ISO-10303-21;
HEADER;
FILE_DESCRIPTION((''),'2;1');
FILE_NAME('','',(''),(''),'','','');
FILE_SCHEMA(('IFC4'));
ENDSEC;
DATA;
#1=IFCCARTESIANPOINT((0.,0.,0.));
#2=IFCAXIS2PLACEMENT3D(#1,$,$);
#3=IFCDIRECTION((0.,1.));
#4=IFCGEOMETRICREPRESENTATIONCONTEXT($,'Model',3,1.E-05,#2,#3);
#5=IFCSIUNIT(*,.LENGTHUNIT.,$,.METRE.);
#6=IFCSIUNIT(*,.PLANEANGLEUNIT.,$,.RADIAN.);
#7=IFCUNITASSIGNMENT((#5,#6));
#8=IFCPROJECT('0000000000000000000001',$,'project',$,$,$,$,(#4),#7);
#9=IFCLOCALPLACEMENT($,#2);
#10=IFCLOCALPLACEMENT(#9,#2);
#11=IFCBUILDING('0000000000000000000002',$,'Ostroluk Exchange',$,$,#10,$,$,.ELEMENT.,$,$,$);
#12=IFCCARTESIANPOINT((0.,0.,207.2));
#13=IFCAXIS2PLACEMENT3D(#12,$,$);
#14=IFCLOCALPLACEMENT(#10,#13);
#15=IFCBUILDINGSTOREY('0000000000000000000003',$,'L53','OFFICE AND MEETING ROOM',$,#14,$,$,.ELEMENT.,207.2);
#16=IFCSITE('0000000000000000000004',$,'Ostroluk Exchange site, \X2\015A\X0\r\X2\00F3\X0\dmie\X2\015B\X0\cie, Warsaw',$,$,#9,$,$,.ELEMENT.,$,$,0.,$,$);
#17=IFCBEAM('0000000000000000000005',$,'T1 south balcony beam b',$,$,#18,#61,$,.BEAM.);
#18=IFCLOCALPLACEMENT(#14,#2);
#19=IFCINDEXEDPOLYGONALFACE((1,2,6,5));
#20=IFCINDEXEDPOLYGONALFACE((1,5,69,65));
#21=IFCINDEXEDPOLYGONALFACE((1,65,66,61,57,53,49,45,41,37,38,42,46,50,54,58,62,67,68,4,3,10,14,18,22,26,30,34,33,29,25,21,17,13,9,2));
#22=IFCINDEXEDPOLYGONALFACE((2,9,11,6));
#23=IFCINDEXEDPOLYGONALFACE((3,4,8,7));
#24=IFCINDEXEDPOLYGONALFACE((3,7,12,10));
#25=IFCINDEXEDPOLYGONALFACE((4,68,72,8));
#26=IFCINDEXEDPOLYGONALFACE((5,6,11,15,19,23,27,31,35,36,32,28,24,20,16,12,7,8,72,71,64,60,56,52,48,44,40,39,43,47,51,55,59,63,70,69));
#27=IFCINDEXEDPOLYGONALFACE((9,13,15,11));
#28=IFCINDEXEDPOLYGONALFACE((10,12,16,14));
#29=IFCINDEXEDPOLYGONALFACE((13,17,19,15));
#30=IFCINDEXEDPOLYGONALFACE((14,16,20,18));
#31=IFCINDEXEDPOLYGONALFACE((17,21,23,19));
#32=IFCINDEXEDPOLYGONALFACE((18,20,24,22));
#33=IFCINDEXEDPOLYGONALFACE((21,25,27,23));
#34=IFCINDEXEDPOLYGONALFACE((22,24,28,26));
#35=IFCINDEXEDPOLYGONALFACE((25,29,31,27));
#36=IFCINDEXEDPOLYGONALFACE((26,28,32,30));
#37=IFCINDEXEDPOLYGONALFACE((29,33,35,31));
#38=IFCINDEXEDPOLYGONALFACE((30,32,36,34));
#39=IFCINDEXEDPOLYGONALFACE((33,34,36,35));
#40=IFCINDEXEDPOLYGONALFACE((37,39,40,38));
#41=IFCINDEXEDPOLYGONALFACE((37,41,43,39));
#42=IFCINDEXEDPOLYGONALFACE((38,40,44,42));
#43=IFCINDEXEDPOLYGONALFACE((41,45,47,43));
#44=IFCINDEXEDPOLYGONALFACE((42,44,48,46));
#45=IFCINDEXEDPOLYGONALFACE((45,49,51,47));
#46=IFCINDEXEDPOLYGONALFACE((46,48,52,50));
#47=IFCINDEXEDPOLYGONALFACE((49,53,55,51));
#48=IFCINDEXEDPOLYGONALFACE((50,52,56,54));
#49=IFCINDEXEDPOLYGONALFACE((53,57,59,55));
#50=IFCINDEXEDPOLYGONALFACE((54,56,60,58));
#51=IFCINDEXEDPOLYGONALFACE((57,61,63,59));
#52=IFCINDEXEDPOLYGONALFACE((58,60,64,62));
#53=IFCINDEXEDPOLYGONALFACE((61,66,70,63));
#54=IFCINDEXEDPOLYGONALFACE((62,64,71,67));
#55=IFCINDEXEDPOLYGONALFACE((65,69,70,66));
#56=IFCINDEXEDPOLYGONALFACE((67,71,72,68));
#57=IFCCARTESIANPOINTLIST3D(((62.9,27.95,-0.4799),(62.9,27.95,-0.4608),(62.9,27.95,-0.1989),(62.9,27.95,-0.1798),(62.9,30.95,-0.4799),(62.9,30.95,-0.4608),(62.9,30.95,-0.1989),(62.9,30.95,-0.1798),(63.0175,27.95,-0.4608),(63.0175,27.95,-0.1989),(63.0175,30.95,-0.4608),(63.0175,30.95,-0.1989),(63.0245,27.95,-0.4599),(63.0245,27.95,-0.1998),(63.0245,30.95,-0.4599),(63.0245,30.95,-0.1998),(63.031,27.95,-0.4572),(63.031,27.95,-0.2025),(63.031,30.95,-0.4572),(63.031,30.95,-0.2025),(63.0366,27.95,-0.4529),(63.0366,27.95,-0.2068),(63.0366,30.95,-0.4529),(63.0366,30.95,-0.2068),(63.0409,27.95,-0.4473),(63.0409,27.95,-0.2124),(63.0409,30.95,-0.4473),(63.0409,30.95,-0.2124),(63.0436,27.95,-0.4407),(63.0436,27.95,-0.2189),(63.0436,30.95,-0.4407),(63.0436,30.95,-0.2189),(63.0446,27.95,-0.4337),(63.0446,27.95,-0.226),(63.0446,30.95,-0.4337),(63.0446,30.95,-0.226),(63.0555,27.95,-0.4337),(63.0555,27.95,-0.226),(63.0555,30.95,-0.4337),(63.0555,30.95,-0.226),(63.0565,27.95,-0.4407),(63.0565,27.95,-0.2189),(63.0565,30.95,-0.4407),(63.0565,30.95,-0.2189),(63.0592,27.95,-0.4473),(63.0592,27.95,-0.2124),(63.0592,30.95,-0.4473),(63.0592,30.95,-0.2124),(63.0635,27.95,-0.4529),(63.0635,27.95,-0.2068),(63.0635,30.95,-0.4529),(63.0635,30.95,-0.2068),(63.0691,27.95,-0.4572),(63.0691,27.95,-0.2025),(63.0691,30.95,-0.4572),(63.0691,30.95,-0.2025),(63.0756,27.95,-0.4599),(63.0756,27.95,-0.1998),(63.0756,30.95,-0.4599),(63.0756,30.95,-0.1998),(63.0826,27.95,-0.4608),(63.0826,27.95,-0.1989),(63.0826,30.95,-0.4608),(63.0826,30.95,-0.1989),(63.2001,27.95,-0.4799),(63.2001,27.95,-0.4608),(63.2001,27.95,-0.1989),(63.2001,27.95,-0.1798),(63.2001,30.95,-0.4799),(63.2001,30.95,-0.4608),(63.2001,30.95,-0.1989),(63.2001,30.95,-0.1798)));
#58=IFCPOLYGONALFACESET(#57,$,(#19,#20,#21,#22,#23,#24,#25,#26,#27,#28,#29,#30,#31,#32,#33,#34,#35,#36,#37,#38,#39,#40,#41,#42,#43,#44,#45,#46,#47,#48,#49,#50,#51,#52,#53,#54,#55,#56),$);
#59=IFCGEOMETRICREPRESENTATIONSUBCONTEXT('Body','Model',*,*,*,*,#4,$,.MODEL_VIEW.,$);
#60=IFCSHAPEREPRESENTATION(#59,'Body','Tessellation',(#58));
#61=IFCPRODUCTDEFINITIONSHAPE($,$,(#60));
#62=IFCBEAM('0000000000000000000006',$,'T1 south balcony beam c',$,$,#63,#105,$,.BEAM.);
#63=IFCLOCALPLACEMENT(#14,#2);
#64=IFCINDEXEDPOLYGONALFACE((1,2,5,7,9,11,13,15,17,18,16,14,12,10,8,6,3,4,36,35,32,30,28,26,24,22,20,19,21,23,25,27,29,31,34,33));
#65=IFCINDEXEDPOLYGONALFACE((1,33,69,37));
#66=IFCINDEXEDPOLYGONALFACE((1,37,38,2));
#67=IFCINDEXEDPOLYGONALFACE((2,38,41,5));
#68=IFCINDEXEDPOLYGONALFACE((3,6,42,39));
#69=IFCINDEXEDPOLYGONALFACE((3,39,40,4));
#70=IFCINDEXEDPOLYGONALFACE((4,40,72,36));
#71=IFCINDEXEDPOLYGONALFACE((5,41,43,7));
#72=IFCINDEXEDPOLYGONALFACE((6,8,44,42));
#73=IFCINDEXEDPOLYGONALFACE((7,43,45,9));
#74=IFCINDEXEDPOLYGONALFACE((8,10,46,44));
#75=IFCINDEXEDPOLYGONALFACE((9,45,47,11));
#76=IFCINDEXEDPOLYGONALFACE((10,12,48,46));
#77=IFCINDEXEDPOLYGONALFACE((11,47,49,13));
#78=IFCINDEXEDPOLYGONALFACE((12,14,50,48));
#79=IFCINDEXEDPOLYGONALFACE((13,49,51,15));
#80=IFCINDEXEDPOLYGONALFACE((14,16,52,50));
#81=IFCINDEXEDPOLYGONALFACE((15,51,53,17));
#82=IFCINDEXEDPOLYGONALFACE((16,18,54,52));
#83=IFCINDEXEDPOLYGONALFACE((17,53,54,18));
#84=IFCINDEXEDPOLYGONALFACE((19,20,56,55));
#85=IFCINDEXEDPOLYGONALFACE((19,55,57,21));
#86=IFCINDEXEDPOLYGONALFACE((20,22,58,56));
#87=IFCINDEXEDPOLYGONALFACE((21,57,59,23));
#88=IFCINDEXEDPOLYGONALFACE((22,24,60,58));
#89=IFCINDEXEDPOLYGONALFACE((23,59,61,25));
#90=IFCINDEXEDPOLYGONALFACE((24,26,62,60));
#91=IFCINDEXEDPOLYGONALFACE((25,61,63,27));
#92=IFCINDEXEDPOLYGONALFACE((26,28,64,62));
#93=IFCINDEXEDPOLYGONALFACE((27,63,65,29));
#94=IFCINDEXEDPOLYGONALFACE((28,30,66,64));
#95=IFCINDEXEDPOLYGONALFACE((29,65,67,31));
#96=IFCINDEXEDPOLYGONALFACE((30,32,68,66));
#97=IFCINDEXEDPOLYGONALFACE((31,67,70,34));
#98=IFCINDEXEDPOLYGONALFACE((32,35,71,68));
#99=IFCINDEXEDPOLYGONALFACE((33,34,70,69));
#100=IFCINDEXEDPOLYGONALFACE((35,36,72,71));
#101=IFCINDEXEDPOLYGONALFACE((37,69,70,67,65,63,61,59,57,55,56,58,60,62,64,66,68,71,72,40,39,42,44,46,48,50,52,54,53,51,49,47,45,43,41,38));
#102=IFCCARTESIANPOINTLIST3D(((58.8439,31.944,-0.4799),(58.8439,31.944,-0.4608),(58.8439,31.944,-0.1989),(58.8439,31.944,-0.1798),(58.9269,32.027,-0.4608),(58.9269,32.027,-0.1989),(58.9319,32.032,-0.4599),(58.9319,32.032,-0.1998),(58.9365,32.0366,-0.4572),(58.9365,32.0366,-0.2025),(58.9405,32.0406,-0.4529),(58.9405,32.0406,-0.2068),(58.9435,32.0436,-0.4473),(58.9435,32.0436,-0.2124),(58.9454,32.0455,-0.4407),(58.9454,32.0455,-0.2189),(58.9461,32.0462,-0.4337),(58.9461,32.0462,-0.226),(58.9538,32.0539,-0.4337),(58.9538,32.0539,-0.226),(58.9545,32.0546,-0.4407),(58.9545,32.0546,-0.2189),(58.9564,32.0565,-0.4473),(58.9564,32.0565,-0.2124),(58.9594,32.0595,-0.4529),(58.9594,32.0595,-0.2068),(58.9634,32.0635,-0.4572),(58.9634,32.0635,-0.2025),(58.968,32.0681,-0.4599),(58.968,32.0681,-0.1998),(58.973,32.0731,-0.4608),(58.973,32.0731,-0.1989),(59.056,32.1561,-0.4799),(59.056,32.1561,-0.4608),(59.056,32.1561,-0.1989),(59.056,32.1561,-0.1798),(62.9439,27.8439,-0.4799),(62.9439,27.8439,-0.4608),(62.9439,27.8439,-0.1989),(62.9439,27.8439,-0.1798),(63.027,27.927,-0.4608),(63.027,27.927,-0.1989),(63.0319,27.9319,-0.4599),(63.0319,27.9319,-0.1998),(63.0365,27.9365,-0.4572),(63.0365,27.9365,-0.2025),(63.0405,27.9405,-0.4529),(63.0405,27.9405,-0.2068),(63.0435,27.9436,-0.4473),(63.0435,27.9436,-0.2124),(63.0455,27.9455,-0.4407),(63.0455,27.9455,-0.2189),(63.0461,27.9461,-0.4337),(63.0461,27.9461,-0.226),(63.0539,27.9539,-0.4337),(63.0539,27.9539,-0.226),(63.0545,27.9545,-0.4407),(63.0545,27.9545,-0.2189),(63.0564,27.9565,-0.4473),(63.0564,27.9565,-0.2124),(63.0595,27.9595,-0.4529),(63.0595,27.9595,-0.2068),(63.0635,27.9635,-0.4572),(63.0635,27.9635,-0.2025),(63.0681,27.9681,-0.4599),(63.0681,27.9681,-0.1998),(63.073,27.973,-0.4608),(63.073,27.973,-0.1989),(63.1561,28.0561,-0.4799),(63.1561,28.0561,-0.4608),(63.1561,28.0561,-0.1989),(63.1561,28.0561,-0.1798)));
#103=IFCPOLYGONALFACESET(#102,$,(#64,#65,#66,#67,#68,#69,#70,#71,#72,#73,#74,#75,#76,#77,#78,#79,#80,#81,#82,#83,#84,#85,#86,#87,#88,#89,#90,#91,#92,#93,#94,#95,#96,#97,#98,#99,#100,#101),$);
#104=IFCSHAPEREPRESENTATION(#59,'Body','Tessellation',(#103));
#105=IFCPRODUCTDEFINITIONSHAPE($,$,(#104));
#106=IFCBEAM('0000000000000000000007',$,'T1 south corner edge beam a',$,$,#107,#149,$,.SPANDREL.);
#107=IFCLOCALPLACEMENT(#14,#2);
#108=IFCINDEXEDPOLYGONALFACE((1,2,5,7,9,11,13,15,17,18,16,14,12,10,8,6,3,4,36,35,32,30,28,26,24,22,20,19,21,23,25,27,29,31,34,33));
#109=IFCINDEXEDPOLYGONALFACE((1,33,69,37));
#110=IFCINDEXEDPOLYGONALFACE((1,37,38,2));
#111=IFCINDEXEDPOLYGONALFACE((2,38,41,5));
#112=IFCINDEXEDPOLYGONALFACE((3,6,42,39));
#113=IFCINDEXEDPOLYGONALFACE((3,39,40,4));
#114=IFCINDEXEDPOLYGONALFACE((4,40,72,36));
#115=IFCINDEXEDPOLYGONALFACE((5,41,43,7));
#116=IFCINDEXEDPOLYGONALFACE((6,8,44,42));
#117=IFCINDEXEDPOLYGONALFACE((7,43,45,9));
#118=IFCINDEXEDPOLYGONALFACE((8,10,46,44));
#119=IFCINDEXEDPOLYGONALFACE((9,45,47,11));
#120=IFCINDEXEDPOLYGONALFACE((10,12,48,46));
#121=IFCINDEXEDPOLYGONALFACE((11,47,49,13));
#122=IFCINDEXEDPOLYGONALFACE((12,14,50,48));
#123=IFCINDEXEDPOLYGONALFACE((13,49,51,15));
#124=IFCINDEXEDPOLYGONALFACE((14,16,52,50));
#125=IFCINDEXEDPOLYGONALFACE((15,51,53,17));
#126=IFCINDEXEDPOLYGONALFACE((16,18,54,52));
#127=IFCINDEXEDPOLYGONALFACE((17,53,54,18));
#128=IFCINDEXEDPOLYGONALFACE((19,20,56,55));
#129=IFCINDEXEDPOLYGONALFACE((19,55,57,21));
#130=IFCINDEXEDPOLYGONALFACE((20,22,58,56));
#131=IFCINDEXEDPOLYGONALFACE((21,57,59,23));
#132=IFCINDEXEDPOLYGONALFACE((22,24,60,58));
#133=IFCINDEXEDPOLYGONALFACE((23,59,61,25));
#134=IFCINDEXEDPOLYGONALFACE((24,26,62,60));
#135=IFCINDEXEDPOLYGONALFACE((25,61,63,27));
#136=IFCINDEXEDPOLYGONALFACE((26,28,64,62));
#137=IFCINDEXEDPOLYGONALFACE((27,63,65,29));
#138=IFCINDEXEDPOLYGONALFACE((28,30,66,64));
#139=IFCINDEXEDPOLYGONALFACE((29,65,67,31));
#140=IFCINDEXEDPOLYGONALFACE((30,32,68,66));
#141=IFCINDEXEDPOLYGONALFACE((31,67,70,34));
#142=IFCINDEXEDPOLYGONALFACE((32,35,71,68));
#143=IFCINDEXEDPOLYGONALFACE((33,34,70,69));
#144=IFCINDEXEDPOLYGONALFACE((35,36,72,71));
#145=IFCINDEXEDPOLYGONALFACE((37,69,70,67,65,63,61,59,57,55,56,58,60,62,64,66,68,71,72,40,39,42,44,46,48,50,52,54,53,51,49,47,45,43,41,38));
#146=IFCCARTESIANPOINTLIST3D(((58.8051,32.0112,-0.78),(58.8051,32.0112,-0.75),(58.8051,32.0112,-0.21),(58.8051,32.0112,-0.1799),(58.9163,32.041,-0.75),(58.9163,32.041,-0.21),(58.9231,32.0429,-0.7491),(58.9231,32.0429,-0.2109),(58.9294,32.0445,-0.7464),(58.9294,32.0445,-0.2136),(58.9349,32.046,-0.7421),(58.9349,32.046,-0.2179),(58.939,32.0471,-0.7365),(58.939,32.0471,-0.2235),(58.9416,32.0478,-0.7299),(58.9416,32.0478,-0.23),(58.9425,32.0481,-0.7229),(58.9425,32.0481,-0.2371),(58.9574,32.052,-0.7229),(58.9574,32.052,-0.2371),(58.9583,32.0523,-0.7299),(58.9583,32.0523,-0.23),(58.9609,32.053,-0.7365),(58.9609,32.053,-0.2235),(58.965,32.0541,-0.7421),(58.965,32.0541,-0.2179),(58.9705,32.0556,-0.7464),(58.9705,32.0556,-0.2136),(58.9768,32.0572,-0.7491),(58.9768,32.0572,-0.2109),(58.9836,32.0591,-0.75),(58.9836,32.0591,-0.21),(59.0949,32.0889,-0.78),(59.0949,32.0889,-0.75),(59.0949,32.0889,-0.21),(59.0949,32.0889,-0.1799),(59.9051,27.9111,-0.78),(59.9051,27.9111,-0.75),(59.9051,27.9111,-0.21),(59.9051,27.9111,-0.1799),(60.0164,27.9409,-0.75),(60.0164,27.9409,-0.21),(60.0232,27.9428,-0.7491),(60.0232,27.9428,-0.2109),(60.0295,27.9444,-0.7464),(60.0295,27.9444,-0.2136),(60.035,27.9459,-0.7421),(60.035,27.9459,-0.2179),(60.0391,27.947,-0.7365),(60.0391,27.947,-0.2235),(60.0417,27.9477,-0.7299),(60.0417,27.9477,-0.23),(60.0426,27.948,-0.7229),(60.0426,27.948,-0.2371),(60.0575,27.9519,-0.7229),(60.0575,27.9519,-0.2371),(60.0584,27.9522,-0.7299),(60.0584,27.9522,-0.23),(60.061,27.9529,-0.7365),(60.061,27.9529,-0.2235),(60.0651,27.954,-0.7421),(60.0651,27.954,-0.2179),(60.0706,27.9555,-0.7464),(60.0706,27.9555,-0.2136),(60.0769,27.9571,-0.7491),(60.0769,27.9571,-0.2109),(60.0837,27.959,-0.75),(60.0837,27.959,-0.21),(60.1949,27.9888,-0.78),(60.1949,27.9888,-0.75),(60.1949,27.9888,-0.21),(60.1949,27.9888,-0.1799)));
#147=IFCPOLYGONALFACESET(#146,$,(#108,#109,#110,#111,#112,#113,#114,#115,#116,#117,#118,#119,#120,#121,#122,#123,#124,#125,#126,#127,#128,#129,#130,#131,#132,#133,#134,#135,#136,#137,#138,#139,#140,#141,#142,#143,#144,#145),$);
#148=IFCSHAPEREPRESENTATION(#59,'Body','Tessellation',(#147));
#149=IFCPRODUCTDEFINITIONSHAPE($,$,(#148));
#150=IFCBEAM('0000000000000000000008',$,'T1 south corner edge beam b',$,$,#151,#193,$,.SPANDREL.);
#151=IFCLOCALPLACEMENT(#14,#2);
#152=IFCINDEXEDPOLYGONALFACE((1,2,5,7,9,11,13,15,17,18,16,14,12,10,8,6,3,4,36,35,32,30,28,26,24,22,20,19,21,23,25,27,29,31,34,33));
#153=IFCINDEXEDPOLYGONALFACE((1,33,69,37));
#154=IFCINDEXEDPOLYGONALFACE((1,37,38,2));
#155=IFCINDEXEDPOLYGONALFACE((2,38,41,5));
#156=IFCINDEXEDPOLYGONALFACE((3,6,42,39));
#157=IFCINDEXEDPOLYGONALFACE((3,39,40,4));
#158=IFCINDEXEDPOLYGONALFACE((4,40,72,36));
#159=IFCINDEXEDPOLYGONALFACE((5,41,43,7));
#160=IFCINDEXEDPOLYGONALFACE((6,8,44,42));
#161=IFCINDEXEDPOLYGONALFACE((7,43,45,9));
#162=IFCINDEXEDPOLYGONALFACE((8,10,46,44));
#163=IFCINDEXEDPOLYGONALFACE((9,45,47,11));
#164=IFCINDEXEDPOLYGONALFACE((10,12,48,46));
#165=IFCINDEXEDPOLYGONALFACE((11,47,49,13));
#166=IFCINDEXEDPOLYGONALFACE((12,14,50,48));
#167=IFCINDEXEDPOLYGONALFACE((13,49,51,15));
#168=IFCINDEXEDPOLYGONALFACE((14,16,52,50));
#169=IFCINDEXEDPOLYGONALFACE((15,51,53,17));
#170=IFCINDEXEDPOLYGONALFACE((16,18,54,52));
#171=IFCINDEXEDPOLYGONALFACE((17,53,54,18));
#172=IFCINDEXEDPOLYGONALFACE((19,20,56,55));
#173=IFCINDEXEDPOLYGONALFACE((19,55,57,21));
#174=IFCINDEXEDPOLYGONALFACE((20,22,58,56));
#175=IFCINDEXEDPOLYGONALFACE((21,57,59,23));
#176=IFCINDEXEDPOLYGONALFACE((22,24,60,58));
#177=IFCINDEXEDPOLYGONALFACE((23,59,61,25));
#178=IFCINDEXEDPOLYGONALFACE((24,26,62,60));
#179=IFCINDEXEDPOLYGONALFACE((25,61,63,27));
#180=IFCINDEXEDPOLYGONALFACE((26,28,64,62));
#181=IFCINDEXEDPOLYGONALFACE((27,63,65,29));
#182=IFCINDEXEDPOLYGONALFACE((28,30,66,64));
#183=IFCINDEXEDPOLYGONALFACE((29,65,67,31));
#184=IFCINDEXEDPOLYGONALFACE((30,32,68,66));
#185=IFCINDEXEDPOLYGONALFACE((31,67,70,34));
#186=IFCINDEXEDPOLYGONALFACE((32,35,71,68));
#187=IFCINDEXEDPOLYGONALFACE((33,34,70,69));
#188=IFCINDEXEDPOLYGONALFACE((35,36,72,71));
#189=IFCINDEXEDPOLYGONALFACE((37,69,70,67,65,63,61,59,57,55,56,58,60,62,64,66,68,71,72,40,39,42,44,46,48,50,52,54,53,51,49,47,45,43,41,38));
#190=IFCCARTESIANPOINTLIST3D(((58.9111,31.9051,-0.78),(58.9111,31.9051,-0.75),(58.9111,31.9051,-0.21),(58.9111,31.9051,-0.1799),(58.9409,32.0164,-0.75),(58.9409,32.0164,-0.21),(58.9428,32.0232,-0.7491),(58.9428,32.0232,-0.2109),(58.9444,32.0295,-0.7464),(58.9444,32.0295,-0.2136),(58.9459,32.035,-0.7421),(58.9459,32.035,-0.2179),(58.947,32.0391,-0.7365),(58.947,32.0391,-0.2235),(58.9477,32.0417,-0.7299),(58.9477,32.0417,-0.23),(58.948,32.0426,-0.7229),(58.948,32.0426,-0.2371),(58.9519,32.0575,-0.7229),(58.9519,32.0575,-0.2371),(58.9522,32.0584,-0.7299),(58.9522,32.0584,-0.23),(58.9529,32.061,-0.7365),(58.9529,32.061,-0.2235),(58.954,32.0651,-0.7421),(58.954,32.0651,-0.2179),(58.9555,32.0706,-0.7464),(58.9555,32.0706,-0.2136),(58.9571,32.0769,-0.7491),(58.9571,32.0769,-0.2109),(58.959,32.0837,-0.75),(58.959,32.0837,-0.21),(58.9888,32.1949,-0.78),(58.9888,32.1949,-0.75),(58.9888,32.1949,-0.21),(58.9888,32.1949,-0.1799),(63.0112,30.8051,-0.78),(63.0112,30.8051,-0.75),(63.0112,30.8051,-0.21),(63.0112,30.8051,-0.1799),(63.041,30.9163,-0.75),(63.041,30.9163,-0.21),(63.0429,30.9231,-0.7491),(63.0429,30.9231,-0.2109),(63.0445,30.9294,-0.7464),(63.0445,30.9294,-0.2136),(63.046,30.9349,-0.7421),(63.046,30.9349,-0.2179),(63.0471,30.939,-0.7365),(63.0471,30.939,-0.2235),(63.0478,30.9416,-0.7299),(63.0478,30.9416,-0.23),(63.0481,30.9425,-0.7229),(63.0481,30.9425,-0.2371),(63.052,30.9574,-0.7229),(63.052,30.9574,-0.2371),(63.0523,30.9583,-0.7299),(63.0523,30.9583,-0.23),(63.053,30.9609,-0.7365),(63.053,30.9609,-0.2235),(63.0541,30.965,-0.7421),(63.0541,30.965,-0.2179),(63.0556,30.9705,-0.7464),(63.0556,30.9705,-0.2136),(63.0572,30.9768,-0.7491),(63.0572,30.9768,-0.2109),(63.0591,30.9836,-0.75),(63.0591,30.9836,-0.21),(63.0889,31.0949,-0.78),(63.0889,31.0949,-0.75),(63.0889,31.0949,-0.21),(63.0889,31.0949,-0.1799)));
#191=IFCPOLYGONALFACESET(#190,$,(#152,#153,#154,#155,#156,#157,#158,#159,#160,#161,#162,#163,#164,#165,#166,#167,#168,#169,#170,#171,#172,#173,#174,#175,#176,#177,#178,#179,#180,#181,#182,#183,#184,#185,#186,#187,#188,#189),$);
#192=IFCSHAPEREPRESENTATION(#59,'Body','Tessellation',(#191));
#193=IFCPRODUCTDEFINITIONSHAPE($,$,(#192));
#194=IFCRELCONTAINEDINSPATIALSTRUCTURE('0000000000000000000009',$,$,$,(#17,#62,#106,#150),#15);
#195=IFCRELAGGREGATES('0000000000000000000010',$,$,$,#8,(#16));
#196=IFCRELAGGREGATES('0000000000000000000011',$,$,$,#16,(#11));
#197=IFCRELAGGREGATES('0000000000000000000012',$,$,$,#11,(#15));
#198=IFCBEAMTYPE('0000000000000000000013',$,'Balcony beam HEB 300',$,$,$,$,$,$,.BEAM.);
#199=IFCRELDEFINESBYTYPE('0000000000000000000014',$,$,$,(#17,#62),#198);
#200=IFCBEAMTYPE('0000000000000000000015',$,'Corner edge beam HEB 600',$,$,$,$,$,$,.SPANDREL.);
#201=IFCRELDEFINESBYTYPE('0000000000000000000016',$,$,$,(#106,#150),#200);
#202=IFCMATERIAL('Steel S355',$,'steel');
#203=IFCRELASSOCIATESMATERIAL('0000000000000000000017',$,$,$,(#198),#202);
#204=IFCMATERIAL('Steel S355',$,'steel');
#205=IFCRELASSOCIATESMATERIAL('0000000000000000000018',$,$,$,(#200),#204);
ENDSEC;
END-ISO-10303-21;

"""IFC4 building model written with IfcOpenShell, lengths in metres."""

from ifc_helpers import new_model, si_unit, direction, frame, origin, origin_2d, place, context, subcontext, project, spatial, i_section, extrude, material, material_profile, profile_set, type_object, element, save


model = new_model("IFC4")

# Units and contexts
model_context = context("Model", 3, precision=1e-05, world=origin(), true_north=direction((0.0, 1.0)))
body_context = subcontext(model_context, "Body", "Model", "MODEL_VIEW")
ifc_project = project(units=[si_unit("LENGTHUNIT", "METRE"), si_unit("PLANEANGLEUNIT", "RADIAN")], contexts=[model_context])

# Site, building, storey
site_placement = place(None, origin())
site = spatial("IfcSite", under=ifc_project, at=site_placement, Name="Ostroluk Exchange site, Śródmieście, Warsaw", CompositionType="ELEMENT", RefElevation=0.0)
building_placement = place(site_placement, origin())
building = spatial("IfcBuilding", under=site, at=building_placement, Name="Ostroluk Exchange", CompositionType="ELEMENT")
storey_placement = place(building_placement, frame((0.0, 0.0, 207.2)))
storey = spatial("IfcBuildingStorey", under=building, at=storey_placement, Name="L53", Description="OFFICE AND MEETING ROOM", CompositionType="ELEMENT", Elevation=207.2)

# Beams
ifc_material_1 = material(Name="Steel S355", Category="steel")
ifc_material_profile_1 = material_profile(ifc_material_1, i_section(OverallWidth=0.3, OverallDepth=0.3, WebThickness=0.011, FlangeThickness=0.019, FilletRadius=0.0271, at=origin_2d()), Name="HEB 300")
ifc_profile_set_1 = profile_set([ifc_material_profile_1], Name="Steel S355")
beam_type_1 = type_object("IfcBeamType", Name="Balcony beam HEB 300", PredefinedType="BEAM", material=ifc_profile_set_1)
for number, where, z_axis, x_axis, name in (
    (1, (63.05, 30.95, -0.3298), (0.0, -1.0, 0.0), (1.0, 0.0, 0.0), "T1 south balcony beam b"),
):
    element("IfcBeam", number, at=place(storey_placement, frame(where, z_axis=z_axis, x_axis=x_axis)), inside=storey, type_object=beam_type_1, Name=name, PredefinedType="BEAM", context=body_context, shape_type="SweptSolid", body=[
        extrude(i_section(OverallWidth=0.3, OverallDepth=0.3, WebThickness=0.011, FlangeThickness=0.019, FilletRadius=0.0271, at=origin_2d()), origin(), (0.0, 0.0, 1.0), 3.0),
    ])
beam_1_placement = place(storey_placement, frame((58.95, 32.05, -0.3298), z_axis=(0.707107, -0.707107, 0.0), x_axis=(0.707107, 0.707107, 0.0)))
element("IfcBeam", 2, at=beam_1_placement, inside=storey, type_object=beam_type_1, Name="T1 south balcony beam c", PredefinedType="BEAM", context=body_context, shape_type="SweptSolid", body=[
    extrude(i_section(OverallWidth=0.3, OverallDepth=0.3, WebThickness=0.011, FlangeThickness=0.019, FilletRadius=0.0271, at=origin_2d()), origin(), (0.0, 0.0, 1.0), 5.7983),
])
ifc_material_2 = material(Name="Steel S355", Category="steel")
ifc_material_profile_2 = material_profile(ifc_material_2, i_section(OverallWidth=0.3, OverallDepth=0.6001, WebThickness=0.0154, FlangeThickness=0.03, FilletRadius=0.0271, at=origin_2d()), Name="HEB 600")
ifc_profile_set_2 = profile_set([ifc_material_profile_2], Name="Steel S355")
beam_type_2 = type_object("IfcBeamType", Name="Corner edge beam HEB 600", PredefinedType="SPANDREL", material=ifc_profile_set_2)
for number, where, z_axis, x_axis, name in (
    (3, (58.95, 32.05, -0.48), (0.259144, -0.965839, 0.0), (0.965839, 0.259144, 0.0), "T1 south corner edge beam a"),
    (4, (58.95, 32.05, -0.48), (0.965839, -0.259144, 0.0), (0.259144, 0.965839, 0.0), "T1 south corner edge beam b"),
):
    element("IfcBeam", number, at=place(storey_placement, frame(where, z_axis=z_axis, x_axis=x_axis)), inside=storey, type_object=beam_type_2, Name=name, PredefinedType="SPANDREL", context=body_context, shape_type="SweptSolid", body=[
        extrude(i_section(OverallWidth=0.3, OverallDepth=0.6001, WebThickness=0.0154, FlangeThickness=0.03, FilletRadius=0.0271, at=origin_2d()), origin(), (0.0, 0.0, 1.0), 4.2451),
    ])

save(model, "model.ifc")
